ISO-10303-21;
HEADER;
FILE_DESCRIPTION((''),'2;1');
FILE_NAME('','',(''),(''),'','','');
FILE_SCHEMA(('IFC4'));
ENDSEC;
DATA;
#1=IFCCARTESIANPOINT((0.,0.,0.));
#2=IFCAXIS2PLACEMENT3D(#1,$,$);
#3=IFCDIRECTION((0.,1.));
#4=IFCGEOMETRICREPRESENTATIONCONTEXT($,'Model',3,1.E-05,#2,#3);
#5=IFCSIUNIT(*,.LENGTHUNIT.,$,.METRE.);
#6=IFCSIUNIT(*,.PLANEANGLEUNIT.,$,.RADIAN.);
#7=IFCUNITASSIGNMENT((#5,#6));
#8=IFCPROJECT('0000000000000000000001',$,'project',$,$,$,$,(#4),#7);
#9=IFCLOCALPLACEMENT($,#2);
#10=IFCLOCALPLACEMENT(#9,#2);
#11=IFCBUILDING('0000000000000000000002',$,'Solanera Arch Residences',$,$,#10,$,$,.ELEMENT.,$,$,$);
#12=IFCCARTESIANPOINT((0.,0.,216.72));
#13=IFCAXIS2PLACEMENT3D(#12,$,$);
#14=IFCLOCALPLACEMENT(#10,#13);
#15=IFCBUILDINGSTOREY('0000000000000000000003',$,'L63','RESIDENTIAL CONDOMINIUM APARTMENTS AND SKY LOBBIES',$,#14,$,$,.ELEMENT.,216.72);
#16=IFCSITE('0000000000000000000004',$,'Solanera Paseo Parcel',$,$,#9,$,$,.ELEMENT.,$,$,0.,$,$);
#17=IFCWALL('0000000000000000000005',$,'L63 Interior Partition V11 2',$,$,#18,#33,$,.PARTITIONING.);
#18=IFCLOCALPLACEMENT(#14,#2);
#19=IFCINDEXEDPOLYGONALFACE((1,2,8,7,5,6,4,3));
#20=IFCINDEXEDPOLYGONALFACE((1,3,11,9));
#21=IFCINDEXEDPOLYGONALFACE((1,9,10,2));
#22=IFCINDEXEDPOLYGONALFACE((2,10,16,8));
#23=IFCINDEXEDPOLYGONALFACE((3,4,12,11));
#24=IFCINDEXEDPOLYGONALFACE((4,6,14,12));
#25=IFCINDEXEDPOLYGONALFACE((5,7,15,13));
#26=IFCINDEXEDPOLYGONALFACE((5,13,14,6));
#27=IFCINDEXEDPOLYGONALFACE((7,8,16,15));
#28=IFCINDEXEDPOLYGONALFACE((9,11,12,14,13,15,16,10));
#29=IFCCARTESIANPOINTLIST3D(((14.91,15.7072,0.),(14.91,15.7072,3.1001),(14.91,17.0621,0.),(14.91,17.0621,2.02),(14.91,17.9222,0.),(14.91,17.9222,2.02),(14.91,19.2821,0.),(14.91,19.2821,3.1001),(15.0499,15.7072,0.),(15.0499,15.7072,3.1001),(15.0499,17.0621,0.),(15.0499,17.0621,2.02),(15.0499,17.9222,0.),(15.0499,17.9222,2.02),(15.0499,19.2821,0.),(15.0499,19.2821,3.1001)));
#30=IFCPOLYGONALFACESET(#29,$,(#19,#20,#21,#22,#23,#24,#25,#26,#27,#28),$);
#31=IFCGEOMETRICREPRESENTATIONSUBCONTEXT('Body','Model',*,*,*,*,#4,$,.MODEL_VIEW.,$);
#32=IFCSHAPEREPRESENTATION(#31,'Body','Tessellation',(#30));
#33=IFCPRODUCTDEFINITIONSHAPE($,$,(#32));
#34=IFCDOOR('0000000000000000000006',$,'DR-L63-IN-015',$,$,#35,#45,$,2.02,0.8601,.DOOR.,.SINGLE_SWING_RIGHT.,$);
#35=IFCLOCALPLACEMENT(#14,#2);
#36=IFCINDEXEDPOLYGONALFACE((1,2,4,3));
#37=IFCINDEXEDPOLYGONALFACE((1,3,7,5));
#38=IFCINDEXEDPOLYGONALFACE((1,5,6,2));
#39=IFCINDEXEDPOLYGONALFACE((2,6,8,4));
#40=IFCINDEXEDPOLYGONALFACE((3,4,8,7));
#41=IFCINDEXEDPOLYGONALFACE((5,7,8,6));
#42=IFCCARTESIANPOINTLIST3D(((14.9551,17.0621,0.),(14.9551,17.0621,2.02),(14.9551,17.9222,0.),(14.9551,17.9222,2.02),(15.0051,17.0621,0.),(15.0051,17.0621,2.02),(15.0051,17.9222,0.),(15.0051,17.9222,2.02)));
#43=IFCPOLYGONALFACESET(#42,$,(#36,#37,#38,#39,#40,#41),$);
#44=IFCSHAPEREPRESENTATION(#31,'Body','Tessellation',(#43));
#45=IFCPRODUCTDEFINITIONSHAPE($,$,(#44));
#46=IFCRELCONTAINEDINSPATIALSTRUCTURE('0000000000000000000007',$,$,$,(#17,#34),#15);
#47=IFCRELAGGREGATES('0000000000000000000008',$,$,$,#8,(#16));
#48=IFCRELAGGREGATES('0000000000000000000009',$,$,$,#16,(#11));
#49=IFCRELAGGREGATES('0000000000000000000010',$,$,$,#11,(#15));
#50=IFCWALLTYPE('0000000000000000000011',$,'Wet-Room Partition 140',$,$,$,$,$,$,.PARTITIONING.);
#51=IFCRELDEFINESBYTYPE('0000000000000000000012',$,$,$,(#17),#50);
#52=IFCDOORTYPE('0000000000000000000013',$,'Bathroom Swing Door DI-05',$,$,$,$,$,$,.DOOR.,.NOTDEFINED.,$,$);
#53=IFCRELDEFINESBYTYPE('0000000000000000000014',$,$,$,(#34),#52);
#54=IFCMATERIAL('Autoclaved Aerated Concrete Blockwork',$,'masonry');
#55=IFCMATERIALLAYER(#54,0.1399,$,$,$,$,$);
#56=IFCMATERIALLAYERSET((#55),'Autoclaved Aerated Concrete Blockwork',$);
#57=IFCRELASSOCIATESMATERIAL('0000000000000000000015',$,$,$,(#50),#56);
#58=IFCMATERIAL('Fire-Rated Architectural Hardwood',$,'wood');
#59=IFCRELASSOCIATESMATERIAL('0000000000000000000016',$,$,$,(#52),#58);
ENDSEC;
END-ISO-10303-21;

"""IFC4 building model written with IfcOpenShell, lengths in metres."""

from ifc_helpers import new_model, si_unit, direction, frame, frame_2d, origin, place, context, subcontext, project, spatial, rectangle, extrude, material, layer, layer_set, type_object, element, fill, save


model = new_model("IFC4")

# Units and contexts
model_context = context("Model", 3, precision=1e-05, world=origin(), true_north=direction((0.0, 1.0)))
body_context = subcontext(model_context, "Body", "Model", "MODEL_VIEW")
ifc_project = project(units=[si_unit("LENGTHUNIT", "METRE"), si_unit("PLANEANGLEUNIT", "RADIAN")], contexts=[model_context])

# Site, building, storey
site_placement = place(None, origin())
site = spatial("IfcSite", under=ifc_project, at=site_placement, Name="Solanera Paseo Parcel", CompositionType="ELEMENT", RefElevation=0.0)
building_placement = place(site_placement, origin())
building = spatial("IfcBuilding", under=site, at=building_placement, Name="Solanera Arch Residences", CompositionType="ELEMENT")
storey_placement = place(building_placement, frame((0.0, 0.0, 216.72)))
storey = spatial("IfcBuildingStorey", under=building, at=storey_placement, Name="L63", Description="RESIDENTIAL CONDOMINIUM APARTMENTS AND SKY LOBBIES", CompositionType="ELEMENT", Elevation=216.72)

# Wall, opening, door
ifc_material_1 = material(Name="Autoclaved Aerated Concrete Blockwork", Category="masonry")
ifc_layer_1 = layer(ifc_material_1, 0.1399)
ifc_layer_set_1 = layer_set([ifc_layer_1], Name="Autoclaved Aerated Concrete Blockwork")
wall_type_1 = type_object("IfcWallType", Name="Wet-Room Partition 140", PredefinedType="PARTITIONING", material=ifc_layer_set_1)
wall_1_placement = place(storey_placement, frame((14.98, 15.707, 0.0), z_axis=(0.0, 0.0, 1.0), x_axis=(0.0, 1.0, 0.0)))
wall_1 = element("IfcWall", 1, at=wall_1_placement, inside=storey, type_object=wall_type_1, Name="L63 Interior Partition V11 2", PredefinedType="PARTITIONING", context=body_context, shape_type="SweptSolid", body=[
    extrude(rectangle(XDim=3.575, YDim=0.1399, at=frame_2d((1.7876, 0.0))), origin(), (0.0, 0.0, 1.0), 3.1001),
])
opening_1_placement = place(wall_1_placement, frame((1.355, 0.0, 0.0)))
opening_1 = element("IfcOpeningElement", 2, at=opening_1_placement, cuts=wall_1, PredefinedType="OPENING", context=body_context, shape_type="SweptSolid", body=[
    extrude(rectangle(XDim=0.8601, YDim=2.02, at=frame_2d((0.4302, 1.01))), frame((0.0, 0.0798, 0.0), z_axis=(0.0, -1.0, 0.0), x_axis=(1.0, 0.0, 0.0)), (0.0, 0.0, 1.0), 0.1599),
])
ifc_material_2 = material(Name="Fire-Rated Architectural Hardwood", Category="wood")
door_type_1 = type_object("IfcDoorType", Name="Bathroom Swing Door DI-05", OperationType="NOTDEFINED", PredefinedType="DOOR", material=ifc_material_2)
door_1_placement = place(opening_1_placement, origin())
door_1 = element("IfcDoor", 3, at=door_1_placement, inside=storey, type_object=door_type_1, Name="DR-L63-IN-015", OperationType="SINGLE_SWING_RIGHT", OverallHeight=2.02, OverallWidth=0.8601, PredefinedType="DOOR", context=body_context, shape_type="SweptSolid", body=[
    extrude(rectangle(XDim=0.8601, YDim=2.02, at=frame_2d((0.4302, 1.01))), frame((0.0, 0.0249, 0.0), z_axis=(0.0, -1.0, 0.0), x_axis=(1.0, 0.0, 0.0)), (0.0, 0.0, 1.0), 0.05),
])
fill(opening_1, door_1)

save(model, "model.ifc")
